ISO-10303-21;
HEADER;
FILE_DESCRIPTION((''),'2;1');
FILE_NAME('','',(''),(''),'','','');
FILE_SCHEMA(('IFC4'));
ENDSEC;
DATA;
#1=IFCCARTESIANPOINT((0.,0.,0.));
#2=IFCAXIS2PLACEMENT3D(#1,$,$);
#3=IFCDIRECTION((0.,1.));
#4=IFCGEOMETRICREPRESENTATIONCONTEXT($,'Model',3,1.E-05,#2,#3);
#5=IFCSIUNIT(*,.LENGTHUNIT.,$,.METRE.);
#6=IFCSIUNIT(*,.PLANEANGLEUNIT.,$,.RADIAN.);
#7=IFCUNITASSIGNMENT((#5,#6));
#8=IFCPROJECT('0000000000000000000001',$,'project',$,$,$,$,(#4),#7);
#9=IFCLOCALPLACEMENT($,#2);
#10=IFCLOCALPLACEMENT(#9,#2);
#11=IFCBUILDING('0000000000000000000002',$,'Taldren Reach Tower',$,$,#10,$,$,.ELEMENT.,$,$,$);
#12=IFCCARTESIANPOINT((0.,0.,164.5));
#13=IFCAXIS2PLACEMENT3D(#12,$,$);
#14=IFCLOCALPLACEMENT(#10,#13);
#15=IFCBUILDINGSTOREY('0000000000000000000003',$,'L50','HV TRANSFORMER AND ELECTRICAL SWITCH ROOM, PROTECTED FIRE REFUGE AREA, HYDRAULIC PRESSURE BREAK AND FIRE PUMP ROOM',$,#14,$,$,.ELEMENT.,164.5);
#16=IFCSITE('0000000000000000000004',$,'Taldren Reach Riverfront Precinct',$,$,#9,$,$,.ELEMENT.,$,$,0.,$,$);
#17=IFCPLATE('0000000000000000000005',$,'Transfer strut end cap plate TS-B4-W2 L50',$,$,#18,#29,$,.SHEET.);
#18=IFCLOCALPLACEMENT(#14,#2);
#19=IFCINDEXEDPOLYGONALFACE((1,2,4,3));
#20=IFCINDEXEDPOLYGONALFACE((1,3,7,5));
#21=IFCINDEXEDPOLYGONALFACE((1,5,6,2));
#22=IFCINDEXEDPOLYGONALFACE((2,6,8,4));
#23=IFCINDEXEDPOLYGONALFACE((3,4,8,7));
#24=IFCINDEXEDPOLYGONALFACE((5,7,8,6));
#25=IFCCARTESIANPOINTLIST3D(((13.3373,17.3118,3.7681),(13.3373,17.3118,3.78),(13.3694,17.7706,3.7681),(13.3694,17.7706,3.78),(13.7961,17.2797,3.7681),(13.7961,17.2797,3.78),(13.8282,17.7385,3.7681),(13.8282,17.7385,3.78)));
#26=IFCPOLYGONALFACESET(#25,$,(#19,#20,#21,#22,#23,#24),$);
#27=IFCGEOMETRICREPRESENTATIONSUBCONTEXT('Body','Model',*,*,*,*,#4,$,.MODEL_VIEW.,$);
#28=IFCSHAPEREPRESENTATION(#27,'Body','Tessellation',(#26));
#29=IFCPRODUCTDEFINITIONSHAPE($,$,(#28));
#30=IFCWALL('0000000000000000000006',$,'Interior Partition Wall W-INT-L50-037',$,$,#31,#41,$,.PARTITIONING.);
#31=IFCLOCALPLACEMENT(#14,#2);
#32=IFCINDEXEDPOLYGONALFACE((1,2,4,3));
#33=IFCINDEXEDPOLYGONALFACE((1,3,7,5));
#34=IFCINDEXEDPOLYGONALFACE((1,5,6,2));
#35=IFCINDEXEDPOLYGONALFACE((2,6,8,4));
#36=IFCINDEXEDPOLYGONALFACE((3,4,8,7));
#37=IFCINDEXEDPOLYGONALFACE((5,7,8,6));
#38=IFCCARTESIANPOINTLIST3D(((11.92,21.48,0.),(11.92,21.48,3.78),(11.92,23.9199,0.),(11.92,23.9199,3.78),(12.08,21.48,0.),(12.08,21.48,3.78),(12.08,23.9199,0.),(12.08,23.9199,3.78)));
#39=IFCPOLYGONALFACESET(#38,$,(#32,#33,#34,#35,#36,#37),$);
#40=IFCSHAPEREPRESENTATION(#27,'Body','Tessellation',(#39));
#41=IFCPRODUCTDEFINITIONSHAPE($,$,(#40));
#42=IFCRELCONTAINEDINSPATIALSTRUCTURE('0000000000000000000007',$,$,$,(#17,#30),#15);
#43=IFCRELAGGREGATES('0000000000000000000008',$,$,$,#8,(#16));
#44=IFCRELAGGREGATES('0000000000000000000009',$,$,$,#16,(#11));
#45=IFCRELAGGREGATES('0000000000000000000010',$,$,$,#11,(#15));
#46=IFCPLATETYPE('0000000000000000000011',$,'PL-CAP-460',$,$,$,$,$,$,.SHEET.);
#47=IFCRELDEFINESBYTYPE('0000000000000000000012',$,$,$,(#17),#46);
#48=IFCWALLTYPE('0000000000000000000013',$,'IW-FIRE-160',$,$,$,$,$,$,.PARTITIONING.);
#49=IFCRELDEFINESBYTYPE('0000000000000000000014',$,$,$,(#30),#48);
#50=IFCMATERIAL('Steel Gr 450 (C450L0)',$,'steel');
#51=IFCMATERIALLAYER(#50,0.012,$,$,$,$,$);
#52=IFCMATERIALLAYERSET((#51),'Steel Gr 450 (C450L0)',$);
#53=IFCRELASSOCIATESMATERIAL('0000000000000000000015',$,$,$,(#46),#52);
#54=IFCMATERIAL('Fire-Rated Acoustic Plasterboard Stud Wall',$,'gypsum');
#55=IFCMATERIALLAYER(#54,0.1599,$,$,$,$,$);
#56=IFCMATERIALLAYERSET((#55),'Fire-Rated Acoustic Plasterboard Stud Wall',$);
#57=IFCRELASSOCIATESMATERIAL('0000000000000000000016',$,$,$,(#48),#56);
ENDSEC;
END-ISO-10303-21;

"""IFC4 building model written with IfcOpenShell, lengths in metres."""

from ifc_helpers import new_model, si_unit, direction, frame, frame_2d, origin, origin_2d, place, context, subcontext, project, spatial, rectangle, extrude, source, transform, mapped, material, layer, layer_set, type_object, element, save


model = new_model("IFC4")

# Units and contexts
model_context = context("Model", 3, precision=1e-05, world=origin(), true_north=direction((0.0, 1.0)))
body_context = subcontext(model_context, "Body", "Model", "MODEL_VIEW")
ifc_project = project(units=[si_unit("LENGTHUNIT", "METRE"), si_unit("PLANEANGLEUNIT", "RADIAN")], contexts=[model_context])

# Site, building, storey
site_placement = place(None, origin())
site = spatial("IfcSite", under=ifc_project, at=site_placement, Name="Taldren Reach Riverfront Precinct", CompositionType="ELEMENT", RefElevation=0.0)
building_placement = place(site_placement, origin())
building = spatial("IfcBuilding", under=site, at=building_placement, Name="Taldren Reach Tower", CompositionType="ELEMENT")
storey_placement = place(building_placement, frame((0.0, 0.0, 164.5)))
storey = spatial("IfcBuildingStorey", under=building, at=storey_placement, Name="L50", Description="HV TRANSFORMER AND ELECTRICAL SWITCH ROOM, PROTECTED FIRE REFUGE AREA, HYDRAULIC PRESSURE BREAK AND FIRE PUMP ROOM", CompositionType="ELEMENT", Elevation=164.5)

# Shared definitions
ifc_material_1 = material(Name="Steel Gr 450 (C450L0)", Category="steel")

# Plate
ifc_layer_1 = layer(ifc_material_1, 0.012)
ifc_layer_set_1 = layer_set([ifc_layer_1], Name="Steel Gr 450 (C450L0)")
plate_type_1 = type_object("IfcPlateType", Name="PL-CAP-460", PredefinedType="SHEET", material=ifc_layer_set_1)
shared_shape_1 = source(origin(), body_context, "Body", "SweptSolid", [
    extrude(rectangle(XDim=0.46, YDim=0.46, at=origin_2d()), origin(), (0.0, 0.0, 1.0), 0.012),
])
plate_1_placement = place(storey_placement, frame((13.5828, 17.5251, 3.7681), z_axis=(0.0, 0.0, 1.0), x_axis=(0.997564, -0.069756, 0.0)))
element("IfcPlate", 1, at=plate_1_placement, inside=storey, type_object=plate_type_1, Name="Transfer strut end cap plate TS-B4-W2 L50", PredefinedType="SHEET", context=body_context, shape_type="MappedRepresentation", body=[
    mapped(shared_shape_1, transform((0.0, 0.0, 0.0), scale=1.0)),
])

# Wall
ifc_material_2 = material(Name="Fire-Rated Acoustic Plasterboard Stud Wall", Category="gypsum")
ifc_layer_2 = layer(ifc_material_2, 0.1599)
ifc_layer_set_2 = layer_set([ifc_layer_2], Name="Fire-Rated Acoustic Plasterboard Stud Wall")
wall_type = type_object("IfcWallType", Name="IW-FIRE-160", PredefinedType="PARTITIONING", material=ifc_layer_set_2)
shared_shape_2 = source(origin(), body_context, "Body", "SweptSolid", [
    extrude(rectangle(XDim=2.4399, YDim=0.1599, at=frame_2d((1.22, 0.0))), origin(), (0.0, 0.0, 1.0), 3.78),
])
wall_placement = place(storey_placement, frame((12.0, 21.48, 0.0), z_axis=(0.0, 0.0, 1.0), x_axis=(0.0, 1.0, 0.0)))
element("IfcWall", 2, at=wall_placement, inside=storey, type_object=wall_type, Name="Interior Partition Wall W-INT-L50-037", PredefinedType="PARTITIONING", context=body_context, shape_type="MappedRepresentation", body=[
    mapped(shared_shape_2, transform((0.0, 0.0, 0.0), scale=1.0)),
])

save(model, "model.ifc")
